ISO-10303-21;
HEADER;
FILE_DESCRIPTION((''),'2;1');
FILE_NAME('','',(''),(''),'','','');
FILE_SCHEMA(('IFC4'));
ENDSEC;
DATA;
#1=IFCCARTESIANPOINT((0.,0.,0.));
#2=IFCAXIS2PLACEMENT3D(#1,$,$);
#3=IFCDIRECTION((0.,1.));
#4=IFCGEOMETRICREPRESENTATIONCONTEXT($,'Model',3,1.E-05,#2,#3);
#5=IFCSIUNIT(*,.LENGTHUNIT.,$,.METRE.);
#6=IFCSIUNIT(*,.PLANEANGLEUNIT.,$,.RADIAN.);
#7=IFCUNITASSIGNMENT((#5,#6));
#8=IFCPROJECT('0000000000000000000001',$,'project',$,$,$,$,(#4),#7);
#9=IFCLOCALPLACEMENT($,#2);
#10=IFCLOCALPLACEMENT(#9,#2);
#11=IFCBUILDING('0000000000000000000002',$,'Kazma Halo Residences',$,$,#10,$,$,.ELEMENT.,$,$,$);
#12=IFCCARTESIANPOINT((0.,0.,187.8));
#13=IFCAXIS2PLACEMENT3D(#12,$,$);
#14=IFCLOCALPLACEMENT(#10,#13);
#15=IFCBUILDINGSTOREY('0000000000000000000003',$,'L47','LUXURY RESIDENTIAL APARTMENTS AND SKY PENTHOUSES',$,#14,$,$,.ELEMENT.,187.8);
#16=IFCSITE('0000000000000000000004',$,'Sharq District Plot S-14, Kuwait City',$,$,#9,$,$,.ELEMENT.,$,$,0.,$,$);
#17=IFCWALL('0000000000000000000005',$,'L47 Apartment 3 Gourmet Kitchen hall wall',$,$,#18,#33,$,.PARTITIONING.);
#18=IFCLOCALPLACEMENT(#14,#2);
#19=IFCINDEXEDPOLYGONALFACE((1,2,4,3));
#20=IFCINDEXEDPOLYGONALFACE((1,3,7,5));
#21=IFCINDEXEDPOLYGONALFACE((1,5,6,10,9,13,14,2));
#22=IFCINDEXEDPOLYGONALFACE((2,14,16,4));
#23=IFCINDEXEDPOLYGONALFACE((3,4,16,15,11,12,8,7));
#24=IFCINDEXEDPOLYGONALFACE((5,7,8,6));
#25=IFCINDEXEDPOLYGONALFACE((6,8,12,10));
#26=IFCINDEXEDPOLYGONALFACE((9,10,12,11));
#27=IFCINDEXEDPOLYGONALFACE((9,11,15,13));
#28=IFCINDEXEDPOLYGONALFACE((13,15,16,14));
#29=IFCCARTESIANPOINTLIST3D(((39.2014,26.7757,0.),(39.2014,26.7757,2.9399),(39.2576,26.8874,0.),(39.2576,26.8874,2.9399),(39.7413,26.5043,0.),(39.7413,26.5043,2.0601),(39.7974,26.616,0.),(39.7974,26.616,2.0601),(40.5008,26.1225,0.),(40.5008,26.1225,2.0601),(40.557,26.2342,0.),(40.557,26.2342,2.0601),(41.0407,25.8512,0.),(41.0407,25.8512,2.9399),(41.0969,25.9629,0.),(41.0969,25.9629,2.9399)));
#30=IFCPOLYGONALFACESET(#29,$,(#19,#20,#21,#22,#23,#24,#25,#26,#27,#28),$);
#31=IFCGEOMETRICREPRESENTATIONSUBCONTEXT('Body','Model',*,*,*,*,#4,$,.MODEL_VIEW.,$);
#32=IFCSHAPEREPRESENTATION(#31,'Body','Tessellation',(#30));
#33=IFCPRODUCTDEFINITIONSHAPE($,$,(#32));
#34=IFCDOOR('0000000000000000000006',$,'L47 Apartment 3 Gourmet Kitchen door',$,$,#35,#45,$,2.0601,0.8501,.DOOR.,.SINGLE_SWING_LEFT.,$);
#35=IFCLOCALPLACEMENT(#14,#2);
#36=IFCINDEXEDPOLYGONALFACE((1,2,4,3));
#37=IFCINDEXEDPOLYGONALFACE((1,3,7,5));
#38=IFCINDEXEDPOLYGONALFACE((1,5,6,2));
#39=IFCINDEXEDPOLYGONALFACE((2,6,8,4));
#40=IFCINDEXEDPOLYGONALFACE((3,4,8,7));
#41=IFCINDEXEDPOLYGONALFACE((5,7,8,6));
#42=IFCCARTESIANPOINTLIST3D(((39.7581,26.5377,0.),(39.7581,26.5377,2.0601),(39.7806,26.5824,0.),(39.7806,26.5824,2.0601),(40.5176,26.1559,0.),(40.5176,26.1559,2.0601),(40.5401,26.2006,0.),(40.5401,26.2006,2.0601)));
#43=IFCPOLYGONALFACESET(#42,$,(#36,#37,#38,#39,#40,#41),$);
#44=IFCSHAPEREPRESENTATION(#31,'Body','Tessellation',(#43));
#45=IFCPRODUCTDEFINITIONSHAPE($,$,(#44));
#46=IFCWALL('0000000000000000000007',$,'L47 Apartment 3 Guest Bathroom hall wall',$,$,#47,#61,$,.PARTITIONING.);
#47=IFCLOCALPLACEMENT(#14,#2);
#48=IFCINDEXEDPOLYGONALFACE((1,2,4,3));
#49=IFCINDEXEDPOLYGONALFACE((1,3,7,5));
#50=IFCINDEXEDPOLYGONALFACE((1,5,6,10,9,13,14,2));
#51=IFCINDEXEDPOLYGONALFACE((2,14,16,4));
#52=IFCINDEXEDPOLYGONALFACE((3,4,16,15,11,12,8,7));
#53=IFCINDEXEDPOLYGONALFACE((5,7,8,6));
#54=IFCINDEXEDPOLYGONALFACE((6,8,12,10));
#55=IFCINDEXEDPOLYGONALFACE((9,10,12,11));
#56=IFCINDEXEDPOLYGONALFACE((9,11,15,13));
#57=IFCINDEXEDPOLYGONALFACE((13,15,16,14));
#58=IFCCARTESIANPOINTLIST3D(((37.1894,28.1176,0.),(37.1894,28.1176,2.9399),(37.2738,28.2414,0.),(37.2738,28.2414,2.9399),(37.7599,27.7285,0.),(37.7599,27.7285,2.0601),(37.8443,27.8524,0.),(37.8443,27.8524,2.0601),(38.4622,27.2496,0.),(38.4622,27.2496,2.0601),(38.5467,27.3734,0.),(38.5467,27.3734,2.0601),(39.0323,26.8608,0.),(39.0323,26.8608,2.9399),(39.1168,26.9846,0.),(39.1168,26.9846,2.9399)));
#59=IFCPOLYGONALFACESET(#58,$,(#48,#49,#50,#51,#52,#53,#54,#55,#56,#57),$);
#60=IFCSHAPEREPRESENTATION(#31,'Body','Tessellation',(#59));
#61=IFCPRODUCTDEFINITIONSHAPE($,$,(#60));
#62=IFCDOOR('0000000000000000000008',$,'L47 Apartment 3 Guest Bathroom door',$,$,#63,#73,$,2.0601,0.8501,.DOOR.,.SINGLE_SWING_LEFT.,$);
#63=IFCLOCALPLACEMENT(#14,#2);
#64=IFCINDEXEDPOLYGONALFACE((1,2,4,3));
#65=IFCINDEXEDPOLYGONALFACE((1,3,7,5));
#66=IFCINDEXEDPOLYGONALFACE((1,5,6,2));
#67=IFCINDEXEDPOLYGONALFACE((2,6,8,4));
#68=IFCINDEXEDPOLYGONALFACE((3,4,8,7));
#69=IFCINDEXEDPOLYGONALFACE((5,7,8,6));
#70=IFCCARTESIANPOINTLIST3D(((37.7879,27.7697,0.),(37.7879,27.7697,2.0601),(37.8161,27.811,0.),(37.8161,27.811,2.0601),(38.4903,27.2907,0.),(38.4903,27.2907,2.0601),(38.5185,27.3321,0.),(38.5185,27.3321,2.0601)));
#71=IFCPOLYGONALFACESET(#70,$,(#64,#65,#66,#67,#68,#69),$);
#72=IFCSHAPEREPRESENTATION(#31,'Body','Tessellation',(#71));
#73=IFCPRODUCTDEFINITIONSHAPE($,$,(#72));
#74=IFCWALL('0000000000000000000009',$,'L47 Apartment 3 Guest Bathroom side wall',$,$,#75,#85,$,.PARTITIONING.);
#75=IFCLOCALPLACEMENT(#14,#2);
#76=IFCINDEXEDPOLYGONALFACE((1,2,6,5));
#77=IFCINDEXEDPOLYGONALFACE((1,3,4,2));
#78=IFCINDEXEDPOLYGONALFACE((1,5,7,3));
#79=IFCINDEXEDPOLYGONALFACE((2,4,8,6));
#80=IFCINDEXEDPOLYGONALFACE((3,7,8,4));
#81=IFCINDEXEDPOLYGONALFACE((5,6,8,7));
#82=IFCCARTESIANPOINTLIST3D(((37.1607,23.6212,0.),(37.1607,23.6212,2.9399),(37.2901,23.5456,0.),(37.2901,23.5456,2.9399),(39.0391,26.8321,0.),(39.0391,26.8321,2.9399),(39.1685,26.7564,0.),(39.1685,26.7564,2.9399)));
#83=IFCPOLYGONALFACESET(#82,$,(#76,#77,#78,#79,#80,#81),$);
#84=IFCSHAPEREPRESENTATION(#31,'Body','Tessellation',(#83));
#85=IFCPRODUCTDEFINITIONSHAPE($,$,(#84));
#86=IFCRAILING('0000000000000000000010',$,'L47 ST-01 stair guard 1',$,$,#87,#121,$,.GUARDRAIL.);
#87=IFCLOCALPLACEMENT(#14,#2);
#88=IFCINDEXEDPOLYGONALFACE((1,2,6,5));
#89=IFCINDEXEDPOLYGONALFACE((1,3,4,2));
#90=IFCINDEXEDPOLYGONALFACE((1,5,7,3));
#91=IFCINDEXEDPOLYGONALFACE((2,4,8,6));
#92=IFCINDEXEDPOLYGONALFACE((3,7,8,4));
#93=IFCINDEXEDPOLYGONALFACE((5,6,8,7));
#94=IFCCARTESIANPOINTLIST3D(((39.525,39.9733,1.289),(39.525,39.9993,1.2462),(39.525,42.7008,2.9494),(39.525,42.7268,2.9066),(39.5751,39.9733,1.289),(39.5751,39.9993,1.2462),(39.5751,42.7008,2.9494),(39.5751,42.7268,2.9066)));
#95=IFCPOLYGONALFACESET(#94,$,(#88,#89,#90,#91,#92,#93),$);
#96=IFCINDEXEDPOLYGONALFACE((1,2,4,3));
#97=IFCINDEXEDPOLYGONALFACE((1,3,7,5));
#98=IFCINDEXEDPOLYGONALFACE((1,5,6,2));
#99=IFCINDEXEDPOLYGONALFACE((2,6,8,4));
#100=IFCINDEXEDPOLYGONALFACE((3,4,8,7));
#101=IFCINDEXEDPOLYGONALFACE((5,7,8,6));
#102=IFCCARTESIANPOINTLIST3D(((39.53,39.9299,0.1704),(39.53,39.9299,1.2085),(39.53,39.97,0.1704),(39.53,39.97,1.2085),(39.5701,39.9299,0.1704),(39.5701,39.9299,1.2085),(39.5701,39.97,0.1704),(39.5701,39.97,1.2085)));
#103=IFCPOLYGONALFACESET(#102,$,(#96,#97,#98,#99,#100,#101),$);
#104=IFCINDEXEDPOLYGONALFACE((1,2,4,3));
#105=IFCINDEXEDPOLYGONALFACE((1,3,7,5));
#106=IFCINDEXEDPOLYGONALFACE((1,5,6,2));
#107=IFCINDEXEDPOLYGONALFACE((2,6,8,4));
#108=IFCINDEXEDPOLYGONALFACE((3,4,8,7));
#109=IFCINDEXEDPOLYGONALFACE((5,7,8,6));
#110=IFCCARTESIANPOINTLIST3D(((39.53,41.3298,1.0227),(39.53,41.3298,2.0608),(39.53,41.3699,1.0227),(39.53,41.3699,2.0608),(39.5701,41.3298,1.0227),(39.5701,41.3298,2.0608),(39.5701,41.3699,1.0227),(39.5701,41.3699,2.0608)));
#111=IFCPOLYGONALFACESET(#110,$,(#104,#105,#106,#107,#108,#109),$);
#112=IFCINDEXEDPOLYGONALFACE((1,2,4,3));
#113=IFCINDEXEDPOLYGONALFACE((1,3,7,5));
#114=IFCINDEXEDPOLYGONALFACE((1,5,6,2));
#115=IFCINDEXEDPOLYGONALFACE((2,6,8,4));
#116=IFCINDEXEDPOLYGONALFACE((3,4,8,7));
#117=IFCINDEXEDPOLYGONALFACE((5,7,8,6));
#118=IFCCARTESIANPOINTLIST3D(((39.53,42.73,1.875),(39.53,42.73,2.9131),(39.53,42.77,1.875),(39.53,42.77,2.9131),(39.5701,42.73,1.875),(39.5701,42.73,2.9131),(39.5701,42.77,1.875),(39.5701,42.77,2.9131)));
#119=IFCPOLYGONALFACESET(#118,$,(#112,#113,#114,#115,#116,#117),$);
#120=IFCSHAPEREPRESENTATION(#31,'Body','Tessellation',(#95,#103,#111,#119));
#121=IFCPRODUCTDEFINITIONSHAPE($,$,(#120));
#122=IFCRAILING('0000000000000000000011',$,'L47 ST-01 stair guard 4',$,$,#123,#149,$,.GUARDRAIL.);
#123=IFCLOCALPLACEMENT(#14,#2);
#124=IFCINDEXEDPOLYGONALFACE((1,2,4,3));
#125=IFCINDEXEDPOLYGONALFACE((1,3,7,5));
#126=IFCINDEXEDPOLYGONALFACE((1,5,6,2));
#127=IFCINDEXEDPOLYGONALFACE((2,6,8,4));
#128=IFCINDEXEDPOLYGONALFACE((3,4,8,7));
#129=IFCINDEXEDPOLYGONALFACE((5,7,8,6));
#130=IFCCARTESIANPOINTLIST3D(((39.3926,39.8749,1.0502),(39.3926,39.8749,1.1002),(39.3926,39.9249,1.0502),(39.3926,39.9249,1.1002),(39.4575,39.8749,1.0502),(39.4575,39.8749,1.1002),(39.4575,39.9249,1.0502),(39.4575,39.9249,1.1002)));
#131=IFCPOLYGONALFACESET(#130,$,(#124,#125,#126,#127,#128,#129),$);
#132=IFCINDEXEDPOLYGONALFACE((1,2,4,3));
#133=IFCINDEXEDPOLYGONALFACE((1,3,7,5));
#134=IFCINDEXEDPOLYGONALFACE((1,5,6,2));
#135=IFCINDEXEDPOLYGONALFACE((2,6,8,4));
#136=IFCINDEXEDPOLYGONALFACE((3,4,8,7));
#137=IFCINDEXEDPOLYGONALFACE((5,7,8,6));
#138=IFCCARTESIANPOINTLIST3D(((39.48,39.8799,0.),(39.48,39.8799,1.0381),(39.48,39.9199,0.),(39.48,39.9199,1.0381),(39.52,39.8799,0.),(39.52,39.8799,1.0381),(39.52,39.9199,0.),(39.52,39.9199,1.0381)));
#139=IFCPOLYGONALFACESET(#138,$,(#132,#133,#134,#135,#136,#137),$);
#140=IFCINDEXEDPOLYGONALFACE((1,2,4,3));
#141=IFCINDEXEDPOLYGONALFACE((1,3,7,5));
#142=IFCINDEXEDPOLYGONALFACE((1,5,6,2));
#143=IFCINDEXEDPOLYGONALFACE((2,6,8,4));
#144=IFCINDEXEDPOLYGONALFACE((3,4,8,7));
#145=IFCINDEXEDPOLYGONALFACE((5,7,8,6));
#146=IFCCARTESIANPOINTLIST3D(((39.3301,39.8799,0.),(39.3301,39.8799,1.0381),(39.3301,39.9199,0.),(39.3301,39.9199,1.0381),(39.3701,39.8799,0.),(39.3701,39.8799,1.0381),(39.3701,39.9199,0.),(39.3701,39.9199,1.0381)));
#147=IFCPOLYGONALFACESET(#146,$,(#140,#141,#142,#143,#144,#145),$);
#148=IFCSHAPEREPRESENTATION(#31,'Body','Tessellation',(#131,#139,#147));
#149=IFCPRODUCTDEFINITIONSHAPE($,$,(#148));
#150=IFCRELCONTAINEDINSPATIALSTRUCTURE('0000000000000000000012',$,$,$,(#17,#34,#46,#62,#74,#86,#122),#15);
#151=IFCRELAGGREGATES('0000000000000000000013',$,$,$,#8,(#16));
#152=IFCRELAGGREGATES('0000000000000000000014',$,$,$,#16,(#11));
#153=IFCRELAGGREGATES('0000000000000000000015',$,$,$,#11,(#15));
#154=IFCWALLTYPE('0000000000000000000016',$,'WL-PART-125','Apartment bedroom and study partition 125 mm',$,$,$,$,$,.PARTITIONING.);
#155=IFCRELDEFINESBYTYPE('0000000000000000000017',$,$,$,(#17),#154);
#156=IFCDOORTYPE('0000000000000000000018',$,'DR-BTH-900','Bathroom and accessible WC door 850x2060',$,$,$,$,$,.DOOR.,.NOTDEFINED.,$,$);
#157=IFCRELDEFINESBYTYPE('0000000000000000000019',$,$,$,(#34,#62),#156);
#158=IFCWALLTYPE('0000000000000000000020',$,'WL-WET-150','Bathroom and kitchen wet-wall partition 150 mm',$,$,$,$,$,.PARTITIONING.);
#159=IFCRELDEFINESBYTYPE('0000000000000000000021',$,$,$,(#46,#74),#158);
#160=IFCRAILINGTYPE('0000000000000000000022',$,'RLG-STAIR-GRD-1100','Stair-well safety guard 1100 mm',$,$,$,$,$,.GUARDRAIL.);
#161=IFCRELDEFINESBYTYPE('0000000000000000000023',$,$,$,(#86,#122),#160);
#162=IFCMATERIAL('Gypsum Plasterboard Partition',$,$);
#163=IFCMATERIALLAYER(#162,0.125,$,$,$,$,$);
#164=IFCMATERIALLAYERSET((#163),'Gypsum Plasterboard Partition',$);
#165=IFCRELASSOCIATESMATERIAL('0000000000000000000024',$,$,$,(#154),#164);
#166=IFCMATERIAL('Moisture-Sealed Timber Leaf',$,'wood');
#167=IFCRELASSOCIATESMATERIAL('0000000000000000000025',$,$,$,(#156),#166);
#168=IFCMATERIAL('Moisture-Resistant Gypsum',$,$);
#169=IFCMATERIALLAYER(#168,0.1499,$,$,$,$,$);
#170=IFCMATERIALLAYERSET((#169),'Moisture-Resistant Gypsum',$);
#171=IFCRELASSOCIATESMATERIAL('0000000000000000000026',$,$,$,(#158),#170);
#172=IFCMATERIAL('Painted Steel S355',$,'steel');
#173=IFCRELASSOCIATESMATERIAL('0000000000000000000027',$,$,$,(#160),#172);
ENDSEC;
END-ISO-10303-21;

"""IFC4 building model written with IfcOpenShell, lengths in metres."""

from ifc_helpers import new_model, si_unit, direction, frame, frame_2d, origin, origin_2d, place, context, subcontext, project, spatial, rectangle, extrude, material, layer, layer_set, type_object, element, fill, save


model = new_model("IFC4")

# Units and contexts
model_context = context("Model", 3, precision=1e-05, world=origin(), true_north=direction((0.0, 1.0)))
body_context = subcontext(model_context, "Body", "Model", "MODEL_VIEW")
ifc_project = project(units=[si_unit("LENGTHUNIT", "METRE"), si_unit("PLANEANGLEUNIT", "RADIAN")], contexts=[model_context])

# Site, building, storey
site_placement = place(None, origin())
site = spatial("IfcSite", under=ifc_project, at=site_placement, Name="Sharq District Plot S-14, Kuwait City", CompositionType="ELEMENT", RefElevation=0.0)
building_placement = place(site_placement, origin())
building = spatial("IfcBuilding", under=site, at=building_placement, Name="Kazma Halo Residences", CompositionType="ELEMENT")
storey_placement = place(building_placement, frame((0.0, 0.0, 187.8)))
storey = spatial("IfcBuildingStorey", under=building, at=storey_placement, Name="L47", Description="LUXURY RESIDENTIAL APARTMENTS AND SKY PENTHOUSES", CompositionType="ELEMENT", Elevation=187.8)

# Shared definitions
ifc_material_1 = material(Name="Gypsum Plasterboard Partition")
ifc_layer_1 = layer(ifc_material_1, 0.125)
ifc_layer_set_1 = layer_set([ifc_layer_1], Name="Gypsum Plasterboard Partition")
wall_type_1 = type_object("IfcWallType", Name="WL-PART-125", Description="Apartment bedroom and study partition 125 mm", PredefinedType="PARTITIONING", material=ifc_layer_set_1)

# Walls, openings, doors
ifc_material_2 = material(Name="Moisture-Sealed Timber Leaf", Category="wood")
door_type_1 = type_object("IfcDoorType", Name="DR-BTH-900", Description="Bathroom and accessible WC door 850x2060", OperationType="NOTDEFINED", PredefinedType="DOOR", material=ifc_material_2)
wall_1_placement = place(storey_placement, frame((39.2295, 26.8315, 0.0), z_axis=(0.0, 0.0, 1.0), x_axis=(0.893476, -0.44911, 0.0)))
wall_1 = element("IfcWall", 1, at=wall_1_placement, inside=storey, type_object=wall_type_1, Name="L47 Apartment 3 Gourmet Kitchen hall wall", PredefinedType="PARTITIONING", context=body_context, shape_type="SweptSolid", body=[
    extrude(rectangle(XDim=2.0586, YDim=0.125, at=frame_2d((1.0293, 0.0))), origin(), (0.0, 0.0, 1.0), 2.9399),
])
opening_1_placement = place(wall_1_placement, frame((0.6042, 0.0, 0.0)))
opening_1 = element("IfcOpeningElement", 2, at=opening_1_placement, cuts=wall_1, PredefinedType="OPENING", context=body_context, shape_type="SweptSolid", body=[
    extrude(rectangle(XDim=0.8501, YDim=2.0601, at=frame_2d((0.425, 1.03))), frame((0.0, 0.0725, 0.0), z_axis=(0.0, -1.0, 0.0), x_axis=(1.0, 0.0, 0.0)), (0.0, 0.0, 1.0), 0.145),
])
door_1_placement = place(opening_1_placement, origin())
door_1 = element("IfcDoor", 3, at=door_1_placement, inside=storey, type_object=door_type_1, Name="L47 Apartment 3 Gourmet Kitchen door", OperationType="SINGLE_SWING_LEFT", OverallHeight=2.0601, OverallWidth=0.8501, PredefinedType="DOOR", context=body_context, shape_type="SweptSolid", body=[
    extrude(rectangle(XDim=0.8501, YDim=2.0601, at=frame_2d((0.425, 1.03))), frame((0.0, 0.0249, 0.0), z_axis=(0.0, -1.0, 0.0), x_axis=(1.0, 0.0, 0.0)), (0.0, 0.0, 1.0), 0.05),
])
fill(opening_1, door_1)
ifc_material_3 = material(Name="Moisture-Resistant Gypsum")
ifc_layer_2 = layer(ifc_material_3, 0.1499)
ifc_layer_set_2 = layer_set([ifc_layer_2], Name="Moisture-Resistant Gypsum")
wall_type_2 = type_object("IfcWallType", Name="WL-WET-150", Description="Bathroom and kitchen wet-wall partition 150 mm", PredefinedType="PARTITIONING", material=ifc_layer_set_2)
wall_2_placement = place(storey_placement, frame((37.2317, 28.1794, 0.0), z_axis=(0.0, 0.0, 1.0), x_axis=(0.826179, -0.563408, 0.0)))
wall_2 = element("IfcWall", 4, at=wall_2_placement, inside=storey, type_object=wall_type_2, Name="L47 Apartment 3 Guest Bathroom hall wall", PredefinedType="PARTITIONING", context=body_context, shape_type="SweptSolid", body=[
    extrude(rectangle(XDim=2.2307, YDim=0.1499, at=frame_2d((1.1152, 0.0))), origin(), (0.0, 0.0, 1.0), 2.9399),
])
opening_2_placement = place(wall_2_placement, frame((0.6904, 0.0, 0.0)))
opening_2 = element("IfcOpeningElement", 5, at=opening_2_placement, cuts=wall_2, PredefinedType="OPENING", context=body_context, shape_type="SweptSolid", body=[
    extrude(rectangle(XDim=0.8501, YDim=2.0601, at=frame_2d((0.425, 1.03))), frame((0.0, 0.085, 0.0), z_axis=(0.0, -1.0, 0.0), x_axis=(1.0, 0.0, 0.0)), (0.0, 0.0, 1.0), 0.1699),
])
door_2_placement = place(opening_2_placement, origin())
door_2 = element("IfcDoor", 6, at=door_2_placement, inside=storey, type_object=door_type_1, Name="L47 Apartment 3 Guest Bathroom door", OperationType="SINGLE_SWING_LEFT", OverallHeight=2.0601, OverallWidth=0.8501, PredefinedType="DOOR", context=body_context, shape_type="SweptSolid", body=[
    extrude(rectangle(XDim=0.8501, YDim=2.0601, at=frame_2d((0.425, 1.03))), frame((0.0, 0.0249, 0.0), z_axis=(0.0, -1.0, 0.0), x_axis=(1.0, 0.0, 0.0)), (0.0, 0.0, 1.0), 0.05),
])
fill(opening_2, door_2)

# Wall
wall_3_placement = place(storey_placement, frame((39.1038, 26.7942, 0.0), z_axis=(0.0, 0.0, 1.0), x_axis=(-0.504948, -0.86315, 0.0)))
element("IfcWall", 7, at=wall_3_placement, inside=storey, type_object=wall_type_2, Name="L47 Apartment 3 Guest Bathroom side wall", PredefinedType="PARTITIONING", context=body_context, shape_type="SweptSolid", body=[
    extrude(rectangle(XDim=3.72, YDim=0.1499, at=frame_2d((1.8599, 0.0))), origin(), (0.0, 0.0, 1.0), 2.9399),
])

# Railings
ifc_material_4 = material(Name="Painted Steel S355", Category="steel")
railing_type = type_object("IfcRailingType", Name="RLG-STAIR-GRD-1100", Description="Stair-well safety guard 1100 mm", PredefinedType="GUARDRAIL", material=ifc_material_4)
railing_1_placement = place(storey_placement, frame((39.55, 39.95, 0.1704)))
element("IfcRailing", 8, at=railing_1_placement, inside=storey, type_object=railing_type, Name="L47 ST-01 stair guard 1", PredefinedType="GUARDRAIL", context=body_context, shape_type="SweptSolid", body=[
    extrude(rectangle(XDim=0.05, YDim=0.05, at=origin_2d()), frame((0.0, 0.0364, 1.0972), z_axis=(0.0, 0.85417, 0.519994), x_axis=(-1.0, 0.0, 0.0)), (0.0, 0.0, 1.0), 3.1931),
    extrude(rectangle(XDim=0.04, YDim=0.04, at=origin_2d()), origin(), (0.0, 0.0, 1.0), 1.0381),
    extrude(rectangle(XDim=0.04, YDim=0.04, at=origin_2d()), frame((0.0, 1.3999, 0.8523)), (0.0, 0.0, 1.0), 1.0381),
    extrude(rectangle(XDim=0.04, YDim=0.04, at=origin_2d()), frame((0.0, 2.8, 1.7046)), (0.0, 0.0, 1.0), 1.0381),
])
railing_2_placement = place(storey_placement, frame((39.5, 39.8999, 0.0)))
element("IfcRailing", 9, at=railing_2_placement, inside=storey, type_object=railing_type, Name="L47 ST-01 stair guard 4", PredefinedType="GUARDRAIL", context=body_context, shape_type="SweptSolid", body=[
    extrude(rectangle(XDim=0.05, YDim=0.05, at=origin_2d()), frame((-0.0425, 0.0, 1.0752), z_axis=(-1.0, 0.0, 0.0), x_axis=(0.0, -1.0, 0.0)), (0.0, 0.0, 1.0), 0.0649),
    extrude(rectangle(XDim=0.04, YDim=0.04, at=origin_2d()), origin(), (0.0, 0.0, 1.0), 1.0381),
    extrude(rectangle(XDim=0.04, YDim=0.04, at=origin_2d()), frame((-0.1499, 0.0, 0.0)), (0.0, 0.0, 1.0), 1.0381),
])

save(model, "model.ifc")
